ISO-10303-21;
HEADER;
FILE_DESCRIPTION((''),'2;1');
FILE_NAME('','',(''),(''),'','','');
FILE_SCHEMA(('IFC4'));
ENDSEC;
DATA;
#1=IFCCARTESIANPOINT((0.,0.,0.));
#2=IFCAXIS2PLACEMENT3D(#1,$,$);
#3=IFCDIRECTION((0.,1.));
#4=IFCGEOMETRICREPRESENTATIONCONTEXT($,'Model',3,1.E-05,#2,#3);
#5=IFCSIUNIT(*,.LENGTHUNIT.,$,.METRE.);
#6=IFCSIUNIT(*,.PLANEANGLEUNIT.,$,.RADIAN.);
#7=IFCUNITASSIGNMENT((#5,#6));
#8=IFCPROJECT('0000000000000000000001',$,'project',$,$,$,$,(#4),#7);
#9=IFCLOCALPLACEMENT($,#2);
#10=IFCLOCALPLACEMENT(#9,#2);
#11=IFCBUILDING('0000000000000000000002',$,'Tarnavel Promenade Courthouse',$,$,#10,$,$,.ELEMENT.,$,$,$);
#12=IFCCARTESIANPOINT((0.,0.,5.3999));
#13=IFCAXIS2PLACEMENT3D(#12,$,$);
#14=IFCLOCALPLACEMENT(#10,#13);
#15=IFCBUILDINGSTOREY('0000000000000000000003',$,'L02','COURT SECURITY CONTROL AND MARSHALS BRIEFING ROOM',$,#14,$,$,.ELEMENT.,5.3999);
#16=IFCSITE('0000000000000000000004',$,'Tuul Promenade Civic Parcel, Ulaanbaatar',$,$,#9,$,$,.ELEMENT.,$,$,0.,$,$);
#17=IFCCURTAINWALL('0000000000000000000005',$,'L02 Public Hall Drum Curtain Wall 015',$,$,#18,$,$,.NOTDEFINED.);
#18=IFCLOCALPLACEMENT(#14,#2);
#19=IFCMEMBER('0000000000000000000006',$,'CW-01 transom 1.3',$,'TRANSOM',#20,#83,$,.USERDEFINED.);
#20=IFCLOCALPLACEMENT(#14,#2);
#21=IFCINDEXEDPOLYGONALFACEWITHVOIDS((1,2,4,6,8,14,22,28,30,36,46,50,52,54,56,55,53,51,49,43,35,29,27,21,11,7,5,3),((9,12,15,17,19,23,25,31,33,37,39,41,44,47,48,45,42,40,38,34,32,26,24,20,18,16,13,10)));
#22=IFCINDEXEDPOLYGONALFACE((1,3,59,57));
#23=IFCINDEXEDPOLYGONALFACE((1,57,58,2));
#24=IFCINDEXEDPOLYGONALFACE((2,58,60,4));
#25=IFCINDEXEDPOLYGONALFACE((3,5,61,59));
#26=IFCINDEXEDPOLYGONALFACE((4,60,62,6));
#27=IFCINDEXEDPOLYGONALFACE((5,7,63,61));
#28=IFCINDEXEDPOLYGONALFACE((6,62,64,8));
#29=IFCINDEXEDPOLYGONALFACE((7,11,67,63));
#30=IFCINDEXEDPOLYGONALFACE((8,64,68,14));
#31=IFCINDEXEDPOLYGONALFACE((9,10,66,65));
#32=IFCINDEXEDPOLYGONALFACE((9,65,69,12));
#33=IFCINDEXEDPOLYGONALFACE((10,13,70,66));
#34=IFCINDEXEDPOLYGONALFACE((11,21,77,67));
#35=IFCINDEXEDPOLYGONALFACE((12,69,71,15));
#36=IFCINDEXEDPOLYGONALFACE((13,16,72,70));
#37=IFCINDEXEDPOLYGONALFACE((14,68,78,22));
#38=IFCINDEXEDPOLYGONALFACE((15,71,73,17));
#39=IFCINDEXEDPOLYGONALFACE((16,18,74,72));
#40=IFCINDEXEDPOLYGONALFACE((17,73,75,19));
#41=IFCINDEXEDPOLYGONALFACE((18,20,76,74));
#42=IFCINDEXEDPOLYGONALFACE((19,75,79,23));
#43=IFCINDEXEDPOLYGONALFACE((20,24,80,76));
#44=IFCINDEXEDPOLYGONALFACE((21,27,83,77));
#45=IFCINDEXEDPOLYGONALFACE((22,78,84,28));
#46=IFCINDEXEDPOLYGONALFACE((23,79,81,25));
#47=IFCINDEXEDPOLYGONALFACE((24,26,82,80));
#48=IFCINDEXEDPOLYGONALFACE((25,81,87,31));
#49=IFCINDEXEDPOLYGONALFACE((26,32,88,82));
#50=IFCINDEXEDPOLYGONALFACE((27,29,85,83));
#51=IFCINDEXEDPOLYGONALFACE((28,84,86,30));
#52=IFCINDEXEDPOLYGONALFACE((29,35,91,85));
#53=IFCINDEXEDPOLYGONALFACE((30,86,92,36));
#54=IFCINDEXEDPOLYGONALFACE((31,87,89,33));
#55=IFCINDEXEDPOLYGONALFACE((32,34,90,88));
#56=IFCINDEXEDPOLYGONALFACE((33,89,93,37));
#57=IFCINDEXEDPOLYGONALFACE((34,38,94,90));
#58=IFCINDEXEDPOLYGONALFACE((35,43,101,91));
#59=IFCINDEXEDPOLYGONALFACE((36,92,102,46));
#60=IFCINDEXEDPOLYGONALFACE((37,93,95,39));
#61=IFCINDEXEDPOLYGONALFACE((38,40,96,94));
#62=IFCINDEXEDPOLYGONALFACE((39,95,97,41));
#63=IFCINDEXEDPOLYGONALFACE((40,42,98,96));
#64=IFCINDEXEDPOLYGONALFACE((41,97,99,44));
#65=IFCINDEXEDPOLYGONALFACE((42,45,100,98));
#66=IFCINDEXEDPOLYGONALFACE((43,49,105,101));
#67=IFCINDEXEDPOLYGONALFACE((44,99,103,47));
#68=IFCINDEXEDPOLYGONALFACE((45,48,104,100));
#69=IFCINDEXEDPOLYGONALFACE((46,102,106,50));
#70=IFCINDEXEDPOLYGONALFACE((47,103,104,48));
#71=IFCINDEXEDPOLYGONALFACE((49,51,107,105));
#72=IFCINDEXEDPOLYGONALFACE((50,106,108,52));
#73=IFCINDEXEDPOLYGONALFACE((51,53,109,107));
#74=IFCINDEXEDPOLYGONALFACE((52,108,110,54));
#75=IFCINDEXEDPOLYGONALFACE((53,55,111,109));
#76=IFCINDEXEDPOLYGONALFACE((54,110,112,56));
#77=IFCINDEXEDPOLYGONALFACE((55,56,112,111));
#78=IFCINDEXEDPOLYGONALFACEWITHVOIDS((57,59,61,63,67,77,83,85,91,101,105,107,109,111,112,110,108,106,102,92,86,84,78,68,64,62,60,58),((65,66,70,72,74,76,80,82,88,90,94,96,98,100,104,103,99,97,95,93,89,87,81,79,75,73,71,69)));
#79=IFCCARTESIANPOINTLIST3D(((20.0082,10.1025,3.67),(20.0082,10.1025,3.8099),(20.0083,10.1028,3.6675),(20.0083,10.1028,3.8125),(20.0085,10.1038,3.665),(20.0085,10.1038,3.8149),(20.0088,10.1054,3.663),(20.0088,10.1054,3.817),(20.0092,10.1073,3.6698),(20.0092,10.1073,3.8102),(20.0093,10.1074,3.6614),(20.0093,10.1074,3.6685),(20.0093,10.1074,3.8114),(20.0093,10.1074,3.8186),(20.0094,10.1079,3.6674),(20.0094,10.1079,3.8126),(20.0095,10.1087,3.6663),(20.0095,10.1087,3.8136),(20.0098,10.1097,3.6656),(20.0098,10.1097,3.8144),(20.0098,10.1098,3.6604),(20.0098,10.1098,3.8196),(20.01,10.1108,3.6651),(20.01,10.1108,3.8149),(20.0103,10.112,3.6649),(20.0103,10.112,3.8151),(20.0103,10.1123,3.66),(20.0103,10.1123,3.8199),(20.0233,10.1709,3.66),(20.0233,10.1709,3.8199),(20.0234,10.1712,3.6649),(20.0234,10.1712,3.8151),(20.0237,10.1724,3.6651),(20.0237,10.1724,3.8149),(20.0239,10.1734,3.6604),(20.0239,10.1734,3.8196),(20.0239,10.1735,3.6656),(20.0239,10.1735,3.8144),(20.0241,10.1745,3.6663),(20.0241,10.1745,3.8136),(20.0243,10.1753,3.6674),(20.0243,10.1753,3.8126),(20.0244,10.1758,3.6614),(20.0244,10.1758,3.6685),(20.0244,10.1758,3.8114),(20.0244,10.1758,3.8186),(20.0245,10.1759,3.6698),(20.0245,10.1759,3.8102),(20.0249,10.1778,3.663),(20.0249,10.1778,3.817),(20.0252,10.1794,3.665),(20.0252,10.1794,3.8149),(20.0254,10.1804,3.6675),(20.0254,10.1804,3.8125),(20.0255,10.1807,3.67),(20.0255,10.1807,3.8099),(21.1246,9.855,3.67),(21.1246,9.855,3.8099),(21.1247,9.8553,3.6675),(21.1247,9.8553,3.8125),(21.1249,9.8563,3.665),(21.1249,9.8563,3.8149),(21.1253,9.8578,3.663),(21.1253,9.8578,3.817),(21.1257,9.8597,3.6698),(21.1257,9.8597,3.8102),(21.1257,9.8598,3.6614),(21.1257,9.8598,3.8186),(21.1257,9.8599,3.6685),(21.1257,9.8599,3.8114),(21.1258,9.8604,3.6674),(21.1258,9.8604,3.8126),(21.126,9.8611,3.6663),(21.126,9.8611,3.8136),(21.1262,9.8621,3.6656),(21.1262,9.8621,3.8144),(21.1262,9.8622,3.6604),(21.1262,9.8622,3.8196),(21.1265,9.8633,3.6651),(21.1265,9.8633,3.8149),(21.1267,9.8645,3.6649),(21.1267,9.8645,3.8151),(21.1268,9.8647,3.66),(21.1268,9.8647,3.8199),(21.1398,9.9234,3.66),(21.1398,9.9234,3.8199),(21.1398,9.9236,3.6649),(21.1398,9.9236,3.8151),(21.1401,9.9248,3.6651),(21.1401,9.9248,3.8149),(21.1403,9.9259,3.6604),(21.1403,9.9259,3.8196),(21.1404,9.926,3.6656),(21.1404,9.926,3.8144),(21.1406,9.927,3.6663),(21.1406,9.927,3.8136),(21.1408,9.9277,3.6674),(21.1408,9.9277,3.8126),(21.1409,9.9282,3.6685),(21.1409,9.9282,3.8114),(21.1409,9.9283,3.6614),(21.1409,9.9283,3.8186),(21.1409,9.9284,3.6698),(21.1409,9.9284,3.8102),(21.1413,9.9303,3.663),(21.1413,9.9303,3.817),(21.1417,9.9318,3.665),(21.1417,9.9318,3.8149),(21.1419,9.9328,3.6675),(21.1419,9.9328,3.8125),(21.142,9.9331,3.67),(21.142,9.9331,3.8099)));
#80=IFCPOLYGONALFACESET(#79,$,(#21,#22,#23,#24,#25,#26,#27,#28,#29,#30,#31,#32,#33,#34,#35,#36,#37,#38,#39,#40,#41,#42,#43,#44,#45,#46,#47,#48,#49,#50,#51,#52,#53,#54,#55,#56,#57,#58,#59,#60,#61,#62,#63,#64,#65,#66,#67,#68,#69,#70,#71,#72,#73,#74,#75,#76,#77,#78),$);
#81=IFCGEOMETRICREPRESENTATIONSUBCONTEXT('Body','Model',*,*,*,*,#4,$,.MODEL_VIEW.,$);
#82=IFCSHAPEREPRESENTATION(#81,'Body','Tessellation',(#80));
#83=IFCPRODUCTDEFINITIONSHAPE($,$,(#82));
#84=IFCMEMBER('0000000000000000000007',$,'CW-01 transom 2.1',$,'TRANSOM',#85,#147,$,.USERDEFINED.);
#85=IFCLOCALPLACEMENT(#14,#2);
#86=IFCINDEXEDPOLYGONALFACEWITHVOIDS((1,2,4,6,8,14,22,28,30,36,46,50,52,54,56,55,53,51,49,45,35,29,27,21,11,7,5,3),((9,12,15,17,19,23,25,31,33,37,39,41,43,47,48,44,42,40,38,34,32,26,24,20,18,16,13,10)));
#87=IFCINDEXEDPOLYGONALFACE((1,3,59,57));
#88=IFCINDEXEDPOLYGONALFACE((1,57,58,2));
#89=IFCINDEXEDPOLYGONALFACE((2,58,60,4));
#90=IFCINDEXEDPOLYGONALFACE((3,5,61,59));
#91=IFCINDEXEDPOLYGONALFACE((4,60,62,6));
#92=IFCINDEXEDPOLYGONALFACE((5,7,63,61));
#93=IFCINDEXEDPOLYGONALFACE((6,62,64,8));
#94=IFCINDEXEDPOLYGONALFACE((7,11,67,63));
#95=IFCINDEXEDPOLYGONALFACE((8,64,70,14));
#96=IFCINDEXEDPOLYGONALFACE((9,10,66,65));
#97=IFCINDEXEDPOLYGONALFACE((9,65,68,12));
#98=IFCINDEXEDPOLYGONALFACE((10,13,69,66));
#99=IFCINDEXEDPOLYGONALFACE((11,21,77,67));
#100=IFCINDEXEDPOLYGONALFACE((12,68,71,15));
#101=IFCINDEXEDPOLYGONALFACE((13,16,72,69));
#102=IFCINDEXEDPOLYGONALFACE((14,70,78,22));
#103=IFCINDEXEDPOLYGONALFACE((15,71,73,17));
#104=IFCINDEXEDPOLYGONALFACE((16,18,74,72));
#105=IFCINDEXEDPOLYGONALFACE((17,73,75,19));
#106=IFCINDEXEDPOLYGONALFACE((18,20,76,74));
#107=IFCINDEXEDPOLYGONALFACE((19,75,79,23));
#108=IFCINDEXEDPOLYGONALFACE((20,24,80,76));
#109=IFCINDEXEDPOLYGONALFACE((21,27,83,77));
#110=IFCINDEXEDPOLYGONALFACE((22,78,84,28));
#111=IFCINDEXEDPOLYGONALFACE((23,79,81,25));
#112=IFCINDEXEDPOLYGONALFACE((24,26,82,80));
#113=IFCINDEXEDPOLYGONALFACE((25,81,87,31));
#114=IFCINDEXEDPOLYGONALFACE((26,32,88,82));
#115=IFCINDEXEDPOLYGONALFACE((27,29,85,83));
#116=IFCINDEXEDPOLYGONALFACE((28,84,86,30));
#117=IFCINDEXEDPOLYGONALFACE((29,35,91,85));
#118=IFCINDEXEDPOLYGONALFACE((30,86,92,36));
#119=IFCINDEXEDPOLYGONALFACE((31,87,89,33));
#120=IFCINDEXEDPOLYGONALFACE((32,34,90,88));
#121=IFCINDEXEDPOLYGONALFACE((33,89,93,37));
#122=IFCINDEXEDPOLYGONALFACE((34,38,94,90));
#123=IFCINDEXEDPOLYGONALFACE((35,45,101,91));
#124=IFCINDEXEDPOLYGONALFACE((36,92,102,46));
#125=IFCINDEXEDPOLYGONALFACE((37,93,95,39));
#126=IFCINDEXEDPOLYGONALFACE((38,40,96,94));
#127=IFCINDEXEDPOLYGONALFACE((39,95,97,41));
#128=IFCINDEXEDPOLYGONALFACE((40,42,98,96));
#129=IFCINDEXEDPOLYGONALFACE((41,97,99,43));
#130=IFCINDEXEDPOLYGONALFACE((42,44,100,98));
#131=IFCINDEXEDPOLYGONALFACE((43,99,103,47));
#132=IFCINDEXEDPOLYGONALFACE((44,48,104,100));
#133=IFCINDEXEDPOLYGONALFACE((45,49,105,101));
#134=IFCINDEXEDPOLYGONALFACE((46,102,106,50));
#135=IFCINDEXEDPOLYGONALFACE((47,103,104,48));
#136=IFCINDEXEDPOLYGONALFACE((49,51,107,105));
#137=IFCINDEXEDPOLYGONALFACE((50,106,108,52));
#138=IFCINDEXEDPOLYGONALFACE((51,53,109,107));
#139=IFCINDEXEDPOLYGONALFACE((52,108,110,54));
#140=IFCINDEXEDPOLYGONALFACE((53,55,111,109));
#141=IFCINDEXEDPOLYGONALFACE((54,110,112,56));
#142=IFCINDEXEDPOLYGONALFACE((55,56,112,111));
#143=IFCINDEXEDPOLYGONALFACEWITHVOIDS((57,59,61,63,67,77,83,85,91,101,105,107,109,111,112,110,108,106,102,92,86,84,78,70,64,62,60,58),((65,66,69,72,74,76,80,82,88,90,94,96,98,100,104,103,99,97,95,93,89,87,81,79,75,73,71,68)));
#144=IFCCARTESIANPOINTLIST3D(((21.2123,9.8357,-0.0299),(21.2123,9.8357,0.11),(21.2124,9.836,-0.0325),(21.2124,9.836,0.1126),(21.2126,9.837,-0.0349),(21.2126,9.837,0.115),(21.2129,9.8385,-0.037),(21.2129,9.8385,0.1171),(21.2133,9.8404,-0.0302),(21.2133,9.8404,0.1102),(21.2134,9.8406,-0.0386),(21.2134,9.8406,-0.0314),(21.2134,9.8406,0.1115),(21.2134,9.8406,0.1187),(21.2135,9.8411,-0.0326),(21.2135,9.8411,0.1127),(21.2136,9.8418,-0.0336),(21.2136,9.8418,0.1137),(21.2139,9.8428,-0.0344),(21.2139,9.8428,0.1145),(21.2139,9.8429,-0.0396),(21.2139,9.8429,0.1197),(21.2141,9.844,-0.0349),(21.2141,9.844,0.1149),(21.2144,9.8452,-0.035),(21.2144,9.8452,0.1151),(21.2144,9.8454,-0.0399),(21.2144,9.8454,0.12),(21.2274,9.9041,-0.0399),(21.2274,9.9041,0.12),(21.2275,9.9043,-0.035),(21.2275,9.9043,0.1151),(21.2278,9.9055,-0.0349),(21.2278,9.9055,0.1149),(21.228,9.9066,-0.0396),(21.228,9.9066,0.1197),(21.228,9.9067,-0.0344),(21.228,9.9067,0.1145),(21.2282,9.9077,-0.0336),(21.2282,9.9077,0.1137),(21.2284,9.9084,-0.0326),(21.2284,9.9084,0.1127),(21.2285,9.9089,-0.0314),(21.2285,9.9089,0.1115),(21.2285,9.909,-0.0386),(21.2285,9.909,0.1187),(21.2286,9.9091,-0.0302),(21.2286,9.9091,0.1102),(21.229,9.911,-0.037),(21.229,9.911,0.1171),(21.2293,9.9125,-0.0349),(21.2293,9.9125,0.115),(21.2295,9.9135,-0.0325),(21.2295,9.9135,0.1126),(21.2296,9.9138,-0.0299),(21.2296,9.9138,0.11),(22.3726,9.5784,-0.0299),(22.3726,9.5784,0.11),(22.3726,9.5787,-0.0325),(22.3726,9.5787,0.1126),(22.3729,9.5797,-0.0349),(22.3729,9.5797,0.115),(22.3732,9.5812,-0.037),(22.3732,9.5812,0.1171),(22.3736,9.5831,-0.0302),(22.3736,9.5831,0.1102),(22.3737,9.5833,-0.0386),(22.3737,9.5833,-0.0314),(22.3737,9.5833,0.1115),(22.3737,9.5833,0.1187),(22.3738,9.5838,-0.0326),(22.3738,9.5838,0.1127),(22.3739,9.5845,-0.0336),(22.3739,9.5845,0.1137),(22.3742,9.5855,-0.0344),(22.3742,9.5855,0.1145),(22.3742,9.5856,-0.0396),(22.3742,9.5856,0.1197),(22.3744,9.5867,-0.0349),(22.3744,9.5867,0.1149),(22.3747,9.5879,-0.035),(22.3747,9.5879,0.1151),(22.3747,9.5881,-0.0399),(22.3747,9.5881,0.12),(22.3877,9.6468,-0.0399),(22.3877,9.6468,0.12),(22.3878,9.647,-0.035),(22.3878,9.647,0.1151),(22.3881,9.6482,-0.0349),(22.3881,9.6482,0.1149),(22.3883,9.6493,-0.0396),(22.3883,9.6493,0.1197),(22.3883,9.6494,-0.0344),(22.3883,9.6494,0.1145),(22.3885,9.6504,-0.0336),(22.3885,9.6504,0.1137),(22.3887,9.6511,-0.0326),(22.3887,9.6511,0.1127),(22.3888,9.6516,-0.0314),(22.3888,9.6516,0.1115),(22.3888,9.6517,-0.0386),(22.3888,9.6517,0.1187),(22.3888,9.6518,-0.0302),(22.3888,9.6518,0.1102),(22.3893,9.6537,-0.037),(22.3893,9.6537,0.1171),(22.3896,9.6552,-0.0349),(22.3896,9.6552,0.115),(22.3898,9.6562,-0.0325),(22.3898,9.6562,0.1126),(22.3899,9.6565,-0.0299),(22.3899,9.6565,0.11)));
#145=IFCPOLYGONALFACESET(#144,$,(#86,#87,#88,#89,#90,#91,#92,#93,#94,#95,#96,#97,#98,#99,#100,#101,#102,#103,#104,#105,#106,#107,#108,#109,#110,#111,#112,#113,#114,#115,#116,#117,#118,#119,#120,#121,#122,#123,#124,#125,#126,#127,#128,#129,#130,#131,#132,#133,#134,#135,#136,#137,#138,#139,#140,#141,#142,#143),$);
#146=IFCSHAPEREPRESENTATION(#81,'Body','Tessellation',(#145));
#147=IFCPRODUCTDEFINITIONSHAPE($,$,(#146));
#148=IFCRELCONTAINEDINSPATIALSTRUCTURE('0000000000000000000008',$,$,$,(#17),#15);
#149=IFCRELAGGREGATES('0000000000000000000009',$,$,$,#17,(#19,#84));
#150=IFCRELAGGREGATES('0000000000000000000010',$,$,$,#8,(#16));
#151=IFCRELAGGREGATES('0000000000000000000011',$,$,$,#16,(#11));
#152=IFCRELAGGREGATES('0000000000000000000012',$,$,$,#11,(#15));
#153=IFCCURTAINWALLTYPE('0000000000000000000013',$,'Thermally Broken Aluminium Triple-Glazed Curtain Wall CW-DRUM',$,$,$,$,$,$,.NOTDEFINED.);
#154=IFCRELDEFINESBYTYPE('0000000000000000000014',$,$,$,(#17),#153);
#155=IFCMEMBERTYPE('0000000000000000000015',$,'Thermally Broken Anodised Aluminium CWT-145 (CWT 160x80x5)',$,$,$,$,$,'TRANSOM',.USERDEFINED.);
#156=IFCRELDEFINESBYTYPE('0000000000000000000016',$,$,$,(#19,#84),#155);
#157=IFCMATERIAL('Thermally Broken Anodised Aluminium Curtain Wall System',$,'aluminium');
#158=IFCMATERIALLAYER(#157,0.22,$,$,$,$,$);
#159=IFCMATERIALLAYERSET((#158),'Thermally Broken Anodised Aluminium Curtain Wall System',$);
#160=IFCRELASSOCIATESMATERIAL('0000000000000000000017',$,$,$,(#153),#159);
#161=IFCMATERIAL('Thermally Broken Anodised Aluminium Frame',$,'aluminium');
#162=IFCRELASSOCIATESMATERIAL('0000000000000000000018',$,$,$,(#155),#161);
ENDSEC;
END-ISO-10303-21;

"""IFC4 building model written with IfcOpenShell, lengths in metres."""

from ifc_helpers import new_model, si_unit, direction, frame, origin, origin_2d, place, context, subcontext, project, spatial, hollow_rectangle, extrude, material, layer, layer_set, material_profile, profile_set, type_object, element, aggregate, save


model = new_model("IFC4")

# Units and contexts
model_context = context("Model", 3, precision=1e-05, world=origin(), true_north=direction((0.0, 1.0)))
body_context = subcontext(model_context, "Body", "Model", "MODEL_VIEW")
ifc_project = project(units=[si_unit("LENGTHUNIT", "METRE"), si_unit("PLANEANGLEUNIT", "RADIAN")], contexts=[model_context])

# Site, building, storey
site_placement = place(None, origin())
site = spatial("IfcSite", under=ifc_project, at=site_placement, Name="Tuul Promenade Civic Parcel, Ulaanbaatar", CompositionType="ELEMENT", RefElevation=0.0)
building_placement = place(site_placement, origin())
building = spatial("IfcBuilding", under=site, at=building_placement, Name="Tarnavel Promenade Courthouse", CompositionType="ELEMENT")
storey_placement = place(building_placement, frame((0.0, 0.0, 5.3999)))
storey = spatial("IfcBuildingStorey", under=building, at=storey_placement, Name="L02", Description="COURT SECURITY CONTROL AND MARSHALS BRIEFING ROOM", CompositionType="ELEMENT", Elevation=5.3999)

# Curtain wall
ifc_material_1 = material(Name="Thermally Broken Anodised Aluminium Curtain Wall System", Category="aluminium")
ifc_layer_1 = layer(ifc_material_1, 0.22)
ifc_layer_set_1 = layer_set([ifc_layer_1], Name="Thermally Broken Anodised Aluminium Curtain Wall System")
curtain_wall_type = type_object("IfcCurtainWallType", Name="Thermally Broken Aluminium Triple-Glazed Curtain Wall CW-DRUM", PredefinedType="NOTDEFINED", material=ifc_layer_set_1)
curtain_wall_1_placement = place(storey_placement, origin())
curtain_wall_1 = element("IfcCurtainWall", 1, at=curtain_wall_1_placement, inside=storey, type_object=curtain_wall_type, Name="L02 Public Hall Drum Curtain Wall 015", PredefinedType="NOTDEFINED")
ifc_material_2 = material(Name="Thermally Broken Anodised Aluminium Frame", Category="aluminium")

# Members
ifc_material_profile_1 = material_profile(ifc_material_2, hollow_rectangle(XDim=0.0801, YDim=0.1599, WallThickness=0.0049, InnerFilletRadius=0.0049, OuterFilletRadius=0.01, at=origin_2d()), Name="CWT 160x80x5")
ifc_profile_set_1 = profile_set([ifc_material_profile_1], Name="Thermally Broken Anodised Aluminium Frame")
member_type_1 = type_object("IfcMemberType", Name="Thermally Broken Anodised Aluminium CWT-145 (CWT 160x80x5)", ElementType="TRANSOM", PredefinedType="USERDEFINED", material=ifc_profile_set_1)
member_1_placement = place(storey_placement, frame((20.0168, 10.1416, 3.74), z_axis=(0.976287, -0.216478, 0.0), x_axis=(0.216478, 0.976287, 0.0)))
member_1 = element("IfcMember", 2, at=member_1_placement, type_object=member_type_1, Name="CW-01 transom 1.3", ObjectType="TRANSOM", PredefinedType="USERDEFINED", context=body_context, shape_type="SweptSolid", body=[
    extrude(hollow_rectangle(XDim=0.0801, YDim=0.1599, WallThickness=0.0049, InnerFilletRadius=0.0049, OuterFilletRadius=0.01, at=origin_2d()), origin(), (0.0, 0.0, 1.0), 1.1436),
])
member_2_placement = place(storey_placement, frame((21.2209, 9.8748, 0.04), z_axis=(0.976284, -0.216495, 0.0), x_axis=(0.216495, 0.976284, 0.0)))
member_2 = element("IfcMember", 3, at=member_2_placement, type_object=member_type_1, Name="CW-01 transom 2.1", ObjectType="TRANSOM", PredefinedType="USERDEFINED", context=body_context, shape_type="SweptSolid", body=[
    extrude(hollow_rectangle(XDim=0.0801, YDim=0.1599, WallThickness=0.0049, InnerFilletRadius=0.0049, OuterFilletRadius=0.01, at=origin_2d()), origin(), (0.0, 0.0, 1.0), 1.1885),
])

aggregate(curtain_wall_1, [member_1, member_2])

save(model, "model.ifc")
